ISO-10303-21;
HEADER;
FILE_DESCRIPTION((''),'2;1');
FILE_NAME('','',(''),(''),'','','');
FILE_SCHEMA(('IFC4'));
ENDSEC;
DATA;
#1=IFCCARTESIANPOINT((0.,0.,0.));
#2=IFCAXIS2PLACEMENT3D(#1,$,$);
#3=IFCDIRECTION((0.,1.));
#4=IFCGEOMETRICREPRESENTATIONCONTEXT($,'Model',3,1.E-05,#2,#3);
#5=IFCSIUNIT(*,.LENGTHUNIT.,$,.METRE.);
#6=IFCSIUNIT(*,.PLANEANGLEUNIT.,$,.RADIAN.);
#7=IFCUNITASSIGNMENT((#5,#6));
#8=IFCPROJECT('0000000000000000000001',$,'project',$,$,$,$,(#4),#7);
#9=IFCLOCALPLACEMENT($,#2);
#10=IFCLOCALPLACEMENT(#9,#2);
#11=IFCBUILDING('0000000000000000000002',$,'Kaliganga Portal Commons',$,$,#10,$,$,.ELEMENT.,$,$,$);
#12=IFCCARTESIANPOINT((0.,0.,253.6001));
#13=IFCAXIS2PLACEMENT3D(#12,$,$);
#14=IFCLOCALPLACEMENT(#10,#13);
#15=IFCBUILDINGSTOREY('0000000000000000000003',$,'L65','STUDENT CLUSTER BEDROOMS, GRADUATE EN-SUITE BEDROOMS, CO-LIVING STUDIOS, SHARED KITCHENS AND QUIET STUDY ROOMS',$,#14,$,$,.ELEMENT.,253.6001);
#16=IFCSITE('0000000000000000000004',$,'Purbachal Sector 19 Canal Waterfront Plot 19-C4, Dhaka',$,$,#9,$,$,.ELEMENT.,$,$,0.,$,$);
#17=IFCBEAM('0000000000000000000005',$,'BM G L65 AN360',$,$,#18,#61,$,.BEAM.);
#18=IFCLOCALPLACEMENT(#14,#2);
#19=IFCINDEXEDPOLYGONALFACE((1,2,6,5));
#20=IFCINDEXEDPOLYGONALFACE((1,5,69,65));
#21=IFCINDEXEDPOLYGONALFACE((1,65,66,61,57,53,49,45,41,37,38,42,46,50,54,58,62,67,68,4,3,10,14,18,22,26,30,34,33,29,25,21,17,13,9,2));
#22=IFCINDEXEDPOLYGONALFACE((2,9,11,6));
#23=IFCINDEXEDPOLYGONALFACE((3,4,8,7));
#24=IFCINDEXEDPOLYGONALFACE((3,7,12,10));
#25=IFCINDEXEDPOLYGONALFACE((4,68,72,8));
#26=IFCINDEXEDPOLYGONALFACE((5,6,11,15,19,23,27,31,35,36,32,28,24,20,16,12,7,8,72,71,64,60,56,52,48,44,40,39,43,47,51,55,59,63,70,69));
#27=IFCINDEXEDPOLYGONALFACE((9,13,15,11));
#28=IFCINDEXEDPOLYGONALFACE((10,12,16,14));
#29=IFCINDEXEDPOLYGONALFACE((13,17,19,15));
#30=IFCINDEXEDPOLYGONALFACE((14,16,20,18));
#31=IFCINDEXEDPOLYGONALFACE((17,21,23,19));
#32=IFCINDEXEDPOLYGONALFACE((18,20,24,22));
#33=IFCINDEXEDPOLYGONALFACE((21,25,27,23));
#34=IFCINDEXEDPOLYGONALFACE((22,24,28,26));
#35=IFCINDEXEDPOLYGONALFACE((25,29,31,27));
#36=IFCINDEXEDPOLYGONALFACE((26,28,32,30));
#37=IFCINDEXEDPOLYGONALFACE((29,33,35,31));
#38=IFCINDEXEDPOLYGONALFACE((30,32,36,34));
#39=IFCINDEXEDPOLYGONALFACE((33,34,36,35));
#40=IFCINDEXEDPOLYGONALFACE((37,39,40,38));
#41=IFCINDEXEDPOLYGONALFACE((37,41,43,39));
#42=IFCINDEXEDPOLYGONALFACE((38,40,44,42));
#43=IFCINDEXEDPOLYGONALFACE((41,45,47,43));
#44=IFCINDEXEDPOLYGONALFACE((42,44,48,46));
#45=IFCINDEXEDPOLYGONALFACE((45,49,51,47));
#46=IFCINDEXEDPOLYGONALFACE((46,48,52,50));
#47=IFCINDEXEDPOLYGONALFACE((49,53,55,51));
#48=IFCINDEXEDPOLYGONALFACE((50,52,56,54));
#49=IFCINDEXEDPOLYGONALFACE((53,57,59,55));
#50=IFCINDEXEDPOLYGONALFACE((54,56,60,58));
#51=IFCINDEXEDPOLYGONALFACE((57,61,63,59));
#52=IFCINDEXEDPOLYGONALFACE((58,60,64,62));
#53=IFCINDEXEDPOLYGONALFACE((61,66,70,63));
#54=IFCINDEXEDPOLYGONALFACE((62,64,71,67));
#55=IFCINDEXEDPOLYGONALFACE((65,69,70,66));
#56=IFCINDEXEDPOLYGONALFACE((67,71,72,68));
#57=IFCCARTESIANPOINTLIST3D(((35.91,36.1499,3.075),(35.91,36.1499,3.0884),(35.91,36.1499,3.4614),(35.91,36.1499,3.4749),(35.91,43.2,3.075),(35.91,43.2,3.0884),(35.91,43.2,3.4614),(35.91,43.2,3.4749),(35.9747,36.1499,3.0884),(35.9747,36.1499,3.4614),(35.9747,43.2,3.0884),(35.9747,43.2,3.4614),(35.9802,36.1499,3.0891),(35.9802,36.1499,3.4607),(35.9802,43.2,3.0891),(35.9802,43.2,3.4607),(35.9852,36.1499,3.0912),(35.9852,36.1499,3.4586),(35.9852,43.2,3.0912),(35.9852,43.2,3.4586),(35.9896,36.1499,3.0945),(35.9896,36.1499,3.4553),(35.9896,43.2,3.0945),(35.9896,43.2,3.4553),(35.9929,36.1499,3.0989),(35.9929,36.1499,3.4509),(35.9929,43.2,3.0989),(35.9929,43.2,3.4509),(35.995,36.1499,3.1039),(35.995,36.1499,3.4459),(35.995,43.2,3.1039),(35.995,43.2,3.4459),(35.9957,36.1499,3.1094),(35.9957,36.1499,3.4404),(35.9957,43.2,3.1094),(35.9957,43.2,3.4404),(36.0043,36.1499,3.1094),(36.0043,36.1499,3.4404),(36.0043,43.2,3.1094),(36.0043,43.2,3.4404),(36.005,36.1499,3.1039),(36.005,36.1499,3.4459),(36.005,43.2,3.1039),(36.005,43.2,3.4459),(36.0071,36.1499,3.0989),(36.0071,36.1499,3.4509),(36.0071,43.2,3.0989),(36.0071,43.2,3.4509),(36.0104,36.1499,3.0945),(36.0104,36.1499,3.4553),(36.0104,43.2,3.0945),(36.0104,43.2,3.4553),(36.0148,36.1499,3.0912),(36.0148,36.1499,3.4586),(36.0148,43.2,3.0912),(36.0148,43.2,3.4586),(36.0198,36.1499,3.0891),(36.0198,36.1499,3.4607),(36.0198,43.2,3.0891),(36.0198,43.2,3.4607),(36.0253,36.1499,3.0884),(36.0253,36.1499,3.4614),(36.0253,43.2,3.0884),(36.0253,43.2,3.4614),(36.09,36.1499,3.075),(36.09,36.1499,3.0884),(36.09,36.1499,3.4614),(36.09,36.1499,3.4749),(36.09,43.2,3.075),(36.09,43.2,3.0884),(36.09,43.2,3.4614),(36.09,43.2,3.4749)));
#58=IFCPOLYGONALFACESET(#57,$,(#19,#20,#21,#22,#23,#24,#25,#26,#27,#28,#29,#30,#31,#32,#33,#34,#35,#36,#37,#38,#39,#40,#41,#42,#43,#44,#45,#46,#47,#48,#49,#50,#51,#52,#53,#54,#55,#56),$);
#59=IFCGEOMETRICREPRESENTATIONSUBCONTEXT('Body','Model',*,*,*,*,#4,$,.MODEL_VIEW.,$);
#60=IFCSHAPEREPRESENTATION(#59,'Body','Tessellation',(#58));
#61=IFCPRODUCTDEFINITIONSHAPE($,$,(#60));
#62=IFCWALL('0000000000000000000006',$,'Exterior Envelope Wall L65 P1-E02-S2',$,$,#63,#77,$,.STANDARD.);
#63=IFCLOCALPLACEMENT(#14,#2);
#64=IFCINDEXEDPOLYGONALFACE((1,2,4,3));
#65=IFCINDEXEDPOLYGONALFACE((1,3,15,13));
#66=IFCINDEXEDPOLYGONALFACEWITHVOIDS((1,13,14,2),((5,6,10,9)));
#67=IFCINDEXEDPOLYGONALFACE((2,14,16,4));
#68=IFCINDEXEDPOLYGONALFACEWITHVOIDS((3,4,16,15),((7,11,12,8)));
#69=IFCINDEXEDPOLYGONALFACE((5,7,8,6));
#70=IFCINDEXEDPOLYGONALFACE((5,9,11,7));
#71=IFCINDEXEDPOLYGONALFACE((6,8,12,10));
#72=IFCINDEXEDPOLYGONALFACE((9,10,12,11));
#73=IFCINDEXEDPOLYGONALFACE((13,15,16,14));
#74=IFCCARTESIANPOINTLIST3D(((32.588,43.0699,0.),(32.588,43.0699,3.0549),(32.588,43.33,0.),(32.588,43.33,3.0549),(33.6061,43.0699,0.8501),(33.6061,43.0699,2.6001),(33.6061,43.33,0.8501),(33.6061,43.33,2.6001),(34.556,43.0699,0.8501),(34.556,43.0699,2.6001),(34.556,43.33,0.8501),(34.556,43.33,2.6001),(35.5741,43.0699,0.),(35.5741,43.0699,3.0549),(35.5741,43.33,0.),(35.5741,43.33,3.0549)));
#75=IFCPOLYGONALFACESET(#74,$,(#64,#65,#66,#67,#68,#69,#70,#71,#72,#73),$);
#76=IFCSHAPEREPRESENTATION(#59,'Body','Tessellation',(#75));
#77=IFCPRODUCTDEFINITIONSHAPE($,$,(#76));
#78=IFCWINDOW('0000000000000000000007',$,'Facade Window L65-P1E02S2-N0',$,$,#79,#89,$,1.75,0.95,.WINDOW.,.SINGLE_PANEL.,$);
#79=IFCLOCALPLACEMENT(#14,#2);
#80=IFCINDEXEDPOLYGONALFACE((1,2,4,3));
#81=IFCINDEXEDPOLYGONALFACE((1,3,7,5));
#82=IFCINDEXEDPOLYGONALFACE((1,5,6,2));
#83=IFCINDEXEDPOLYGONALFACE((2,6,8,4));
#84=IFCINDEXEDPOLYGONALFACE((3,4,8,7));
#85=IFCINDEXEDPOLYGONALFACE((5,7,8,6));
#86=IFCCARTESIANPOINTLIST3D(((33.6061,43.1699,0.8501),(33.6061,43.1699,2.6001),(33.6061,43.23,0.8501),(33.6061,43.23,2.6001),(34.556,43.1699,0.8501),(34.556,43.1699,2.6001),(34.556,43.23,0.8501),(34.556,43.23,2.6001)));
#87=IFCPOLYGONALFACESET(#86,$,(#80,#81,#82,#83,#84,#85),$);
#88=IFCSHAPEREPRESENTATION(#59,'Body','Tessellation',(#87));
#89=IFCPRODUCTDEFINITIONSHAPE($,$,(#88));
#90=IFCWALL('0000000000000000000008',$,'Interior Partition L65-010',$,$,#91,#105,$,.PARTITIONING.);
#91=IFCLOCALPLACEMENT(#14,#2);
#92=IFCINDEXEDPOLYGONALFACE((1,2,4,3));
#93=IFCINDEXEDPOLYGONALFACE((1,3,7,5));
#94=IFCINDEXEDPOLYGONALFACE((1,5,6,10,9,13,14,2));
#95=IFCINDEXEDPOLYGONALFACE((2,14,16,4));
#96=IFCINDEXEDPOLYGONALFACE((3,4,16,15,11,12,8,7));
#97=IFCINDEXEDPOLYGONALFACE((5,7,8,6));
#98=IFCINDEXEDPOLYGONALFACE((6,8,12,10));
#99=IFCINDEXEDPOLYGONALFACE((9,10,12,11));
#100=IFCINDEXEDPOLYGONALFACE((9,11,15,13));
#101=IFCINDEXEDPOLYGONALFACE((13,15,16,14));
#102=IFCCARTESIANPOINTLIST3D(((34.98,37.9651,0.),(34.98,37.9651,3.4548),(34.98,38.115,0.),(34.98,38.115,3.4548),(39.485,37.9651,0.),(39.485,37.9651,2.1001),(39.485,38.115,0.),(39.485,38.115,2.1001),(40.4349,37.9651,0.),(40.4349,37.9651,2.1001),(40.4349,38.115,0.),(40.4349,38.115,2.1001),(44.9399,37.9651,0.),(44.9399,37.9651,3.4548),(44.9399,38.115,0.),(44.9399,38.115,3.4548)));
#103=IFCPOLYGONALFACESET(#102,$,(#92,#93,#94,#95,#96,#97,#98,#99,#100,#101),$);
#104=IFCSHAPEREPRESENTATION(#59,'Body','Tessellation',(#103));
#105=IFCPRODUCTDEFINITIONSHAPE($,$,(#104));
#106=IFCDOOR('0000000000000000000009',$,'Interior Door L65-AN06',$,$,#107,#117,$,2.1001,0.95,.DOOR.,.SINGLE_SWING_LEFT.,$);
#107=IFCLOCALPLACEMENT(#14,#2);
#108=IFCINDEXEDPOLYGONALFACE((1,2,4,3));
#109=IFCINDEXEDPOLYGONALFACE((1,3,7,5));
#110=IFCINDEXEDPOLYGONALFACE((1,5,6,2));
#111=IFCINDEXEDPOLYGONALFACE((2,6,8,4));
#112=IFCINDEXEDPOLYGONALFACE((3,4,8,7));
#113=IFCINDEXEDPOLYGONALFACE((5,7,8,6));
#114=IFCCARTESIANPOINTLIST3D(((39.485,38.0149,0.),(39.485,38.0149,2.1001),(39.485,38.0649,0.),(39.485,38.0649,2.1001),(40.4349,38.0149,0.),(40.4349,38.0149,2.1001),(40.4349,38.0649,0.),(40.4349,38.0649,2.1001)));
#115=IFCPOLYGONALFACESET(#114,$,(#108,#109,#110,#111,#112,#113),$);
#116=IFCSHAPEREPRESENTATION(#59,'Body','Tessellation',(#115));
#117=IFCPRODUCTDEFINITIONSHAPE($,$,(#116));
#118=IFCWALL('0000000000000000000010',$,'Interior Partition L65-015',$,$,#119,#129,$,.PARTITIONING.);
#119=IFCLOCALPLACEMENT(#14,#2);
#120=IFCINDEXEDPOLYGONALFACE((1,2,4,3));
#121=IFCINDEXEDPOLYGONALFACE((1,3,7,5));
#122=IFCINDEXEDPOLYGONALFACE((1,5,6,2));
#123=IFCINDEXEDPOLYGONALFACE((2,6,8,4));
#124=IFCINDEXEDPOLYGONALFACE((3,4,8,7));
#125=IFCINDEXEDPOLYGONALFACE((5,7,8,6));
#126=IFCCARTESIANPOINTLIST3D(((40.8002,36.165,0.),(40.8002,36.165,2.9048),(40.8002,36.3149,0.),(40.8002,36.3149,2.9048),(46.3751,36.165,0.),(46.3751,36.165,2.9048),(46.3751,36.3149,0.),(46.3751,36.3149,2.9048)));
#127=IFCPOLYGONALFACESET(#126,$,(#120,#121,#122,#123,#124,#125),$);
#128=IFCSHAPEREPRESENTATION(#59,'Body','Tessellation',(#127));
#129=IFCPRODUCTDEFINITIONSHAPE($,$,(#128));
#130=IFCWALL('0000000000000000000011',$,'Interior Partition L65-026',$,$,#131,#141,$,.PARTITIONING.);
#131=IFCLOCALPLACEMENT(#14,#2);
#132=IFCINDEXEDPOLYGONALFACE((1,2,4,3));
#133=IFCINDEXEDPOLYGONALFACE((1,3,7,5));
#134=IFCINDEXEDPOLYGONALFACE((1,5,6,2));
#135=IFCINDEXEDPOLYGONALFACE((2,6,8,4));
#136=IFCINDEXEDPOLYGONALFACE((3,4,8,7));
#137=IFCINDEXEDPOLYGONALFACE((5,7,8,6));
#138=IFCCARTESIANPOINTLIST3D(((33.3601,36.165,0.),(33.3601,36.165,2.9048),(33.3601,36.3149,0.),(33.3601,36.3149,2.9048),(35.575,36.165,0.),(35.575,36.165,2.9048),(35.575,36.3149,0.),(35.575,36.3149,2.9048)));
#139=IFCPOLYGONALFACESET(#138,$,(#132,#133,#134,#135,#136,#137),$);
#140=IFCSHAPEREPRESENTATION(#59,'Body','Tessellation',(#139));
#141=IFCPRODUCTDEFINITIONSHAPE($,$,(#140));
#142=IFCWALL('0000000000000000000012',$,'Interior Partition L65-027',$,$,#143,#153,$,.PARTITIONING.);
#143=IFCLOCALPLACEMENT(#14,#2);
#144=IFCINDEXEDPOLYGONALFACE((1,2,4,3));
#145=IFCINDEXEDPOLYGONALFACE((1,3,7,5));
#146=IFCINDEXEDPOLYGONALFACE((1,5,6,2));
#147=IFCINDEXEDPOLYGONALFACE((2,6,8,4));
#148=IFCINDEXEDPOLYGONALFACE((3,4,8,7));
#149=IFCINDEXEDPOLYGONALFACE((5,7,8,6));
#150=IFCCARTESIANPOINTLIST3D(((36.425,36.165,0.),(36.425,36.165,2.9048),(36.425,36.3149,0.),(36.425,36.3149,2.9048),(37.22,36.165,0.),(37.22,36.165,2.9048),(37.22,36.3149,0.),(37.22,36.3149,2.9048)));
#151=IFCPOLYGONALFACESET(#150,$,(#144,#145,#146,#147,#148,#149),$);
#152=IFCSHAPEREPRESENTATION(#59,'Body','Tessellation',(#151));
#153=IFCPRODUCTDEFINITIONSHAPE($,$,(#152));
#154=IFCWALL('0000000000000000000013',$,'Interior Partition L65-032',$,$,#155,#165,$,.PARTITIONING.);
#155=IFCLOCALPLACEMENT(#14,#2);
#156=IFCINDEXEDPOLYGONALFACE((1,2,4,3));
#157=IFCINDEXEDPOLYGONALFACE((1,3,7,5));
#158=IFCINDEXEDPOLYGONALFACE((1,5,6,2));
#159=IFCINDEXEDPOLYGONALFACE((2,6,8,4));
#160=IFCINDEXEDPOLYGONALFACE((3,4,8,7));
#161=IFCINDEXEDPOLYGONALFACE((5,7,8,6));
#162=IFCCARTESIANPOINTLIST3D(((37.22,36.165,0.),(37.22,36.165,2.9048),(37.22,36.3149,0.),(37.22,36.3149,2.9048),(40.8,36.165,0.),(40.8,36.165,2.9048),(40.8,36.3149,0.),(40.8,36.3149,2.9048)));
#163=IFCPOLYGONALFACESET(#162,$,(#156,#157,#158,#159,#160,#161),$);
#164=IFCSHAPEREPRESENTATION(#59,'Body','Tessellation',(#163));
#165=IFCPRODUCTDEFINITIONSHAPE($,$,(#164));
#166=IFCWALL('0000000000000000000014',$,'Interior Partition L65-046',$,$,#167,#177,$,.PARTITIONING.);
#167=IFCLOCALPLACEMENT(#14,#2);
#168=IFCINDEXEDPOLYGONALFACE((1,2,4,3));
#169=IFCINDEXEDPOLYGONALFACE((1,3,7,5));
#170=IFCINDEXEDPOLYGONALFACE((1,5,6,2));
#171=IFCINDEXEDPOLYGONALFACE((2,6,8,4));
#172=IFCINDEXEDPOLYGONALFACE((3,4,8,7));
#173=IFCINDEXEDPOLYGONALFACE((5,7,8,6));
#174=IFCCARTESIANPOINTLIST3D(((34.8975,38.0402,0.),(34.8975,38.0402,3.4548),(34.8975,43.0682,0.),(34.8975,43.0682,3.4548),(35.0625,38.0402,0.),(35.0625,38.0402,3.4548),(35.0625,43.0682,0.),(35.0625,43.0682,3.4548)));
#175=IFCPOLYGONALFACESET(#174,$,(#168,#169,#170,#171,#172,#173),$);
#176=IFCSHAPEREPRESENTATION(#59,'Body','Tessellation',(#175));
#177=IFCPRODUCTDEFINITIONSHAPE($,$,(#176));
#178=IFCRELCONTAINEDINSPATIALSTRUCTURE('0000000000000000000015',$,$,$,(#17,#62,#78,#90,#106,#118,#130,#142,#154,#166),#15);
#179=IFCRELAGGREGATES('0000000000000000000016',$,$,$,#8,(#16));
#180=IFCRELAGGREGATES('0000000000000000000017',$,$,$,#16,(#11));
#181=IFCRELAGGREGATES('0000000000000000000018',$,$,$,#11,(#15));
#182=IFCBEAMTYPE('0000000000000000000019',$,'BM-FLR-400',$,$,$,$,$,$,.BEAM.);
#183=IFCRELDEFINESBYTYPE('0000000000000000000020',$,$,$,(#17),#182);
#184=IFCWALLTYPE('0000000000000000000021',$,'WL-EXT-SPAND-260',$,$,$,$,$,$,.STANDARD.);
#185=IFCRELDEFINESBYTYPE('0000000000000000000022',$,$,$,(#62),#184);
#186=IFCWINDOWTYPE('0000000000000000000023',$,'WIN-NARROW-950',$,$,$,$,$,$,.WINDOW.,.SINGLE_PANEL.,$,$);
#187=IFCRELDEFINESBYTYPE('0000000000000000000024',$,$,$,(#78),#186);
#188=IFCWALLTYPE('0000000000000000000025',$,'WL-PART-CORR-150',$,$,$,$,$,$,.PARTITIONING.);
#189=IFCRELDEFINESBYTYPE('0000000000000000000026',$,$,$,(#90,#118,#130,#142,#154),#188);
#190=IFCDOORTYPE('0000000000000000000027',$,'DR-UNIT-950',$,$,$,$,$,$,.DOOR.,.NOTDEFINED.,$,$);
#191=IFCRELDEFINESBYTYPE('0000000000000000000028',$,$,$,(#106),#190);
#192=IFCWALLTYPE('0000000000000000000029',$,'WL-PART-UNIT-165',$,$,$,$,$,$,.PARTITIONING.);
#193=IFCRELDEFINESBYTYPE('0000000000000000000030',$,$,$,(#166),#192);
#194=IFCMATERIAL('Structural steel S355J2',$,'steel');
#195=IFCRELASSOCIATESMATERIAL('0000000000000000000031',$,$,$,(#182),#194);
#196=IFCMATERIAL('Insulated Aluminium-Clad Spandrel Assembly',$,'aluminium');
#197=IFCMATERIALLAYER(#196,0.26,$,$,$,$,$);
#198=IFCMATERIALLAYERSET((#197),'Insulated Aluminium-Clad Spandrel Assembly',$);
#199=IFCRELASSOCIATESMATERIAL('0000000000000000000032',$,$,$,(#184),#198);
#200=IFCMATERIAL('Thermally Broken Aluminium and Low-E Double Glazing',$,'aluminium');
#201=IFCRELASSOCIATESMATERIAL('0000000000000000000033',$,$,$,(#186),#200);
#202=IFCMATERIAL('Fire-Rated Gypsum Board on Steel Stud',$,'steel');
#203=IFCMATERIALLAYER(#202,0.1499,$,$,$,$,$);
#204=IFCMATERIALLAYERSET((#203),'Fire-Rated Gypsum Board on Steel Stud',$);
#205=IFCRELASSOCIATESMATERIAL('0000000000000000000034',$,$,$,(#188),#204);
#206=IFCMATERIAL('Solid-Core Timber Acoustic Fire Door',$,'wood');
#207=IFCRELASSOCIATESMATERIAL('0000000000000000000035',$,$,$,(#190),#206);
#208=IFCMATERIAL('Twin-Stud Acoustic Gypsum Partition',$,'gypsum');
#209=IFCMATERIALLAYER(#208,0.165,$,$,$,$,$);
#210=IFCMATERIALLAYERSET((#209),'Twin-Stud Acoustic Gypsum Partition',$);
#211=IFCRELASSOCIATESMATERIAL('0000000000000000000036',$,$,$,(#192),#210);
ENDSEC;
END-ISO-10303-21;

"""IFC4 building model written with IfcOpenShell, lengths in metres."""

from ifc_helpers import new_model, si_unit, direction, frame, frame_2d, origin, origin_2d, place, context, subcontext, project, spatial, rectangle, i_section, extrude, source, transform, mapped, material, layer, layer_set, material_profile, profile_set, type_object, element, fill, save


model = new_model("IFC4")

# Units and contexts
model_context = context("Model", 3, precision=1e-05, world=origin(), true_north=direction((0.0, 1.0)))
body_context = subcontext(model_context, "Body", "Model", "MODEL_VIEW")
ifc_project = project(units=[si_unit("LENGTHUNIT", "METRE"), si_unit("PLANEANGLEUNIT", "RADIAN")], contexts=[model_context])

# Site, building, storey
site_placement = place(None, origin())
site = spatial("IfcSite", under=ifc_project, at=site_placement, Name="Purbachal Sector 19 Canal Waterfront Plot 19-C4, Dhaka", CompositionType="ELEMENT", RefElevation=0.0)
building_placement = place(site_placement, origin())
building = spatial("IfcBuilding", under=site, at=building_placement, Name="Kaliganga Portal Commons", CompositionType="ELEMENT")
storey_placement = place(building_placement, frame((0.0, 0.0, 253.6001)))
storey = spatial("IfcBuildingStorey", under=building, at=storey_placement, Name="L65", Description="STUDENT CLUSTER BEDROOMS, GRADUATE EN-SUITE BEDROOMS, CO-LIVING STUDIOS, SHARED KITCHENS AND QUIET STUDY ROOMS", CompositionType="ELEMENT", Elevation=253.6001)

# Beam
ifc_material_1 = material(Name="Structural steel S355J2", Category="steel")
ifc_material_profile_1 = material_profile(ifc_material_1, i_section(OverallWidth=0.1799, OverallDepth=0.3999, WebThickness=0.0085, FlangeThickness=0.0134, FilletRadius=0.021, at=origin_2d()), Name="IPE 400")
ifc_profile_set_1 = profile_set([ifc_material_profile_1], Name="Structural steel S355J2 wide-flange")
beam_type_1 = type_object("IfcBeamType", Name="BM-FLR-400", PredefinedType="BEAM", material=ifc_profile_set_1)
shared_shape_1 = source(origin(), body_context, "Body", "SweptSolid", [
    extrude(i_section(OverallWidth=0.1799, OverallDepth=0.3999, WebThickness=0.0085, FlangeThickness=0.0134, FilletRadius=0.021, at=origin_2d()), origin(), (0.0, 0.0, 1.0), 7.05),
])
beam_1_placement = place(storey_placement, frame((36.0, 36.1499, 3.2749), z_axis=(0.0, 1.0, 0.0), x_axis=(-1.0, 0.0, 0.0)))
element("IfcBeam", 1, at=beam_1_placement, inside=storey, type_object=beam_type_1, Name="BM G L65 AN360", PredefinedType="BEAM", context=body_context, shape_type="MappedRepresentation", body=[
    mapped(shared_shape_1, transform((0.0, 0.0, 0.0), x_axis=(1.0, 0.0, 0.0), y_axis=(0.0, 1.0, 0.0), z_axis=(0.0, 0.0, 1.0), scale=1.0)),
])

# Shared definitions
ifc_material_2 = material(Name="Insulated Aluminium-Clad Spandrel Assembly", Category="aluminium")
ifc_layer_1 = layer(ifc_material_2, 0.26)
ifc_layer_set_1 = layer_set([ifc_layer_1], Name="Insulated Aluminium-Clad Spandrel Assembly")
wall_type_1 = type_object("IfcWallType", Name="WL-EXT-SPAND-260", PredefinedType="STANDARD", material=ifc_layer_set_1)
ifc_material_3 = material(Name="Thermally Broken Aluminium and Low-E Double Glazing", Category="aluminium")

# Wall, opening, window
wall_1_placement = place(storey_placement, frame((32.5879, 43.2, 0.0), z_axis=(0.0, 0.0, 1.0), x_axis=(1.0, 0.0, 0.0)))
wall_1 = element("IfcWall", 2, at=wall_1_placement, inside=storey, type_object=wall_type_1, Name="Exterior Envelope Wall L65 P1-E02-S2", PredefinedType="STANDARD", context=body_context, shape_type="SweptSolid", body=[
    extrude(rectangle(XDim=2.9861, YDim=0.26, at=frame_2d((1.4932, 0.0))), origin(), (0.0, 0.0, 1.0), 3.0549),
])
opening_1_placement = place(wall_1_placement, frame((1.0181, 0.0, 0.8501)))
opening_1 = element("IfcOpeningElement", 3, at=opening_1_placement, cuts=wall_1, PredefinedType="OPENING", context=body_context, shape_type="SweptSolid", body=[
    extrude(rectangle(XDim=0.95, YDim=1.75, at=frame_2d((0.4751, 0.875))), frame((0.0, 0.1401, 0.0), z_axis=(0.0, -1.0, 0.0), x_axis=(1.0, 0.0, 0.0)), (0.0, 0.0, 1.0), 0.28),
])
window_type_1 = type_object("IfcWindowType", Name="WIN-NARROW-950", PartitioningType="SINGLE_PANEL", PredefinedType="WINDOW", material=ifc_material_3)
window_1_placement = place(opening_1_placement, origin())
window_1 = element("IfcWindow", 4, at=window_1_placement, inside=storey, type_object=window_type_1, Name="Facade Window L65-P1E02S2-N0", OverallHeight=1.75, OverallWidth=0.95, PartitioningType="SINGLE_PANEL", PredefinedType="WINDOW", context=body_context, shape_type="SweptSolid", body=[
    extrude(rectangle(XDim=0.95, YDim=1.75, at=frame_2d((0.4751, 0.875))), frame((0.0, 0.03, 0.0), z_axis=(0.0, -1.0, 0.0), x_axis=(1.0, 0.0, 0.0)), (0.0, 0.0, 1.0), 0.0601),
])
fill(opening_1, window_1)

# Wall, opening, door
ifc_material_4 = material(Name="Fire-Rated Gypsum Board on Steel Stud", Category="steel")
ifc_layer_2 = layer(ifc_material_4, 0.1499)
ifc_layer_set_2 = layer_set([ifc_layer_2], Name="Fire-Rated Gypsum Board on Steel Stud")
wall_type_2 = type_object("IfcWallType", Name="WL-PART-CORR-150", PredefinedType="PARTITIONING", material=ifc_layer_set_2)
wall_2_placement = place(storey_placement, frame((34.98, 38.04, 0.0), z_axis=(0.0, 0.0, 1.0), x_axis=(1.0, 0.0, 0.0)))
wall_2 = element("IfcWall", 5, at=wall_2_placement, inside=storey, type_object=wall_type_2, Name="Interior Partition L65-010", PredefinedType="PARTITIONING", context=body_context, shape_type="SweptSolid", body=[
    extrude(rectangle(XDim=9.96, YDim=0.1499, at=frame_2d((4.98, 0.0))), origin(), (0.0, 0.0, 1.0), 3.4548),
])
opening_2_placement = place(wall_2_placement, frame((4.5049, 0.0, 0.0)))
opening_2 = element("IfcOpeningElement", 6, at=opening_2_placement, cuts=wall_2, PredefinedType="OPENING", context=body_context, shape_type="SweptSolid", body=[
    extrude(rectangle(XDim=0.95, YDim=2.1001, at=frame_2d((0.4751, 1.05))), frame((0.0, 0.085, 0.0), z_axis=(0.0, -1.0, 0.0), x_axis=(1.0, 0.0, 0.0)), (0.0, 0.0, 1.0), 0.1699),
])
ifc_material_5 = material(Name="Solid-Core Timber Acoustic Fire Door", Category="wood")
door_type_1 = type_object("IfcDoorType", Name="DR-UNIT-950", OperationType="NOTDEFINED", PredefinedType="DOOR", material=ifc_material_5)
door_1_placement = place(opening_2_placement, origin())
door_1 = element("IfcDoor", 7, at=door_1_placement, inside=storey, type_object=door_type_1, Name="Interior Door L65-AN06", OperationType="SINGLE_SWING_LEFT", OverallHeight=2.1001, OverallWidth=0.95, PredefinedType="DOOR", context=body_context, shape_type="SweptSolid", body=[
    extrude(rectangle(XDim=0.95, YDim=2.1001, at=frame_2d((0.4751, 1.05))), frame((0.0, 0.0249, 0.0), z_axis=(0.0, -1.0, 0.0), x_axis=(1.0, 0.0, 0.0)), (0.0, 0.0, 1.0), 0.05),
])
fill(opening_2, door_1)

# Walls
wall_3_placement = place(storey_placement, frame((40.8, 36.24, 0.0), z_axis=(0.0, 0.0, 1.0), x_axis=(1.0, 0.0, 0.0)))
element("IfcWall", 8, at=wall_3_placement, inside=storey, type_object=wall_type_2, Name="Interior Partition L65-015", PredefinedType="PARTITIONING", context=body_context, shape_type="SweptSolid", body=[
    extrude(rectangle(XDim=5.575, YDim=0.1499, at=frame_2d((2.7876, 0.0))), origin(), (0.0, 0.0, 1.0), 2.9048),
])
wall_4_placement = place(storey_placement, frame((33.3601, 36.24, 0.0), z_axis=(0.0, 0.0, 1.0), x_axis=(1.0, 0.0, 0.0)))
element("IfcWall", 9, at=wall_4_placement, inside=storey, type_object=wall_type_2, Name="Interior Partition L65-026", PredefinedType="PARTITIONING", context=body_context, shape_type="SweptSolid", body=[
    extrude(rectangle(XDim=2.2148, YDim=0.1499, at=frame_2d((1.1074, 0.0))), origin(), (0.0, 0.0, 1.0), 2.9048),
])
wall_5_placement = place(storey_placement, frame((36.425, 36.24, 0.0), z_axis=(0.0, 0.0, 1.0), x_axis=(1.0, 0.0, 0.0)))
element("IfcWall", 10, at=wall_5_placement, inside=storey, type_object=wall_type_2, Name="Interior Partition L65-027", PredefinedType="PARTITIONING", context=body_context, shape_type="SweptSolid", body=[
    extrude(rectangle(XDim=0.7949, YDim=0.1499, at=frame_2d((0.3975, 0.0))), origin(), (0.0, 0.0, 1.0), 2.9048),
])
wall_6_placement = place(storey_placement, frame((37.22, 36.24, 0.0), z_axis=(0.0, 0.0, 1.0), x_axis=(1.0, 0.0, 0.0)))
element("IfcWall", 11, at=wall_6_placement, inside=storey, type_object=wall_type_2, Name="Interior Partition L65-032", PredefinedType="PARTITIONING", context=body_context, shape_type="SweptSolid", body=[
    extrude(rectangle(XDim=3.5801, YDim=0.1499, at=frame_2d((1.79, 0.0))), origin(), (0.0, 0.0, 1.0), 2.9048),
])
ifc_material_6 = material(Name="Twin-Stud Acoustic Gypsum Partition", Category="gypsum")
ifc_layer_3 = layer(ifc_material_6, 0.165)
ifc_layer_set_3 = layer_set([ifc_layer_3], Name="Twin-Stud Acoustic Gypsum Partition")
wall_type_3 = type_object("IfcWallType", Name="WL-PART-UNIT-165", PredefinedType="PARTITIONING", material=ifc_layer_set_3)
wall_7_placement = place(storey_placement, frame((34.98, 38.04, 0.0), z_axis=(0.0, 0.0, 1.0), x_axis=(0.0, 1.0, 0.0)))
element("IfcWall", 12, at=wall_7_placement, inside=storey, type_object=wall_type_3, Name="Interior Partition L65-046", PredefinedType="PARTITIONING", context=body_context, shape_type="SweptSolid", body=[
    extrude(rectangle(XDim=5.0281, YDim=0.165, at=frame_2d((2.5142, 0.0))), origin(), (0.0, 0.0, 1.0), 3.4548),
])

save(model, "model.ifc")
